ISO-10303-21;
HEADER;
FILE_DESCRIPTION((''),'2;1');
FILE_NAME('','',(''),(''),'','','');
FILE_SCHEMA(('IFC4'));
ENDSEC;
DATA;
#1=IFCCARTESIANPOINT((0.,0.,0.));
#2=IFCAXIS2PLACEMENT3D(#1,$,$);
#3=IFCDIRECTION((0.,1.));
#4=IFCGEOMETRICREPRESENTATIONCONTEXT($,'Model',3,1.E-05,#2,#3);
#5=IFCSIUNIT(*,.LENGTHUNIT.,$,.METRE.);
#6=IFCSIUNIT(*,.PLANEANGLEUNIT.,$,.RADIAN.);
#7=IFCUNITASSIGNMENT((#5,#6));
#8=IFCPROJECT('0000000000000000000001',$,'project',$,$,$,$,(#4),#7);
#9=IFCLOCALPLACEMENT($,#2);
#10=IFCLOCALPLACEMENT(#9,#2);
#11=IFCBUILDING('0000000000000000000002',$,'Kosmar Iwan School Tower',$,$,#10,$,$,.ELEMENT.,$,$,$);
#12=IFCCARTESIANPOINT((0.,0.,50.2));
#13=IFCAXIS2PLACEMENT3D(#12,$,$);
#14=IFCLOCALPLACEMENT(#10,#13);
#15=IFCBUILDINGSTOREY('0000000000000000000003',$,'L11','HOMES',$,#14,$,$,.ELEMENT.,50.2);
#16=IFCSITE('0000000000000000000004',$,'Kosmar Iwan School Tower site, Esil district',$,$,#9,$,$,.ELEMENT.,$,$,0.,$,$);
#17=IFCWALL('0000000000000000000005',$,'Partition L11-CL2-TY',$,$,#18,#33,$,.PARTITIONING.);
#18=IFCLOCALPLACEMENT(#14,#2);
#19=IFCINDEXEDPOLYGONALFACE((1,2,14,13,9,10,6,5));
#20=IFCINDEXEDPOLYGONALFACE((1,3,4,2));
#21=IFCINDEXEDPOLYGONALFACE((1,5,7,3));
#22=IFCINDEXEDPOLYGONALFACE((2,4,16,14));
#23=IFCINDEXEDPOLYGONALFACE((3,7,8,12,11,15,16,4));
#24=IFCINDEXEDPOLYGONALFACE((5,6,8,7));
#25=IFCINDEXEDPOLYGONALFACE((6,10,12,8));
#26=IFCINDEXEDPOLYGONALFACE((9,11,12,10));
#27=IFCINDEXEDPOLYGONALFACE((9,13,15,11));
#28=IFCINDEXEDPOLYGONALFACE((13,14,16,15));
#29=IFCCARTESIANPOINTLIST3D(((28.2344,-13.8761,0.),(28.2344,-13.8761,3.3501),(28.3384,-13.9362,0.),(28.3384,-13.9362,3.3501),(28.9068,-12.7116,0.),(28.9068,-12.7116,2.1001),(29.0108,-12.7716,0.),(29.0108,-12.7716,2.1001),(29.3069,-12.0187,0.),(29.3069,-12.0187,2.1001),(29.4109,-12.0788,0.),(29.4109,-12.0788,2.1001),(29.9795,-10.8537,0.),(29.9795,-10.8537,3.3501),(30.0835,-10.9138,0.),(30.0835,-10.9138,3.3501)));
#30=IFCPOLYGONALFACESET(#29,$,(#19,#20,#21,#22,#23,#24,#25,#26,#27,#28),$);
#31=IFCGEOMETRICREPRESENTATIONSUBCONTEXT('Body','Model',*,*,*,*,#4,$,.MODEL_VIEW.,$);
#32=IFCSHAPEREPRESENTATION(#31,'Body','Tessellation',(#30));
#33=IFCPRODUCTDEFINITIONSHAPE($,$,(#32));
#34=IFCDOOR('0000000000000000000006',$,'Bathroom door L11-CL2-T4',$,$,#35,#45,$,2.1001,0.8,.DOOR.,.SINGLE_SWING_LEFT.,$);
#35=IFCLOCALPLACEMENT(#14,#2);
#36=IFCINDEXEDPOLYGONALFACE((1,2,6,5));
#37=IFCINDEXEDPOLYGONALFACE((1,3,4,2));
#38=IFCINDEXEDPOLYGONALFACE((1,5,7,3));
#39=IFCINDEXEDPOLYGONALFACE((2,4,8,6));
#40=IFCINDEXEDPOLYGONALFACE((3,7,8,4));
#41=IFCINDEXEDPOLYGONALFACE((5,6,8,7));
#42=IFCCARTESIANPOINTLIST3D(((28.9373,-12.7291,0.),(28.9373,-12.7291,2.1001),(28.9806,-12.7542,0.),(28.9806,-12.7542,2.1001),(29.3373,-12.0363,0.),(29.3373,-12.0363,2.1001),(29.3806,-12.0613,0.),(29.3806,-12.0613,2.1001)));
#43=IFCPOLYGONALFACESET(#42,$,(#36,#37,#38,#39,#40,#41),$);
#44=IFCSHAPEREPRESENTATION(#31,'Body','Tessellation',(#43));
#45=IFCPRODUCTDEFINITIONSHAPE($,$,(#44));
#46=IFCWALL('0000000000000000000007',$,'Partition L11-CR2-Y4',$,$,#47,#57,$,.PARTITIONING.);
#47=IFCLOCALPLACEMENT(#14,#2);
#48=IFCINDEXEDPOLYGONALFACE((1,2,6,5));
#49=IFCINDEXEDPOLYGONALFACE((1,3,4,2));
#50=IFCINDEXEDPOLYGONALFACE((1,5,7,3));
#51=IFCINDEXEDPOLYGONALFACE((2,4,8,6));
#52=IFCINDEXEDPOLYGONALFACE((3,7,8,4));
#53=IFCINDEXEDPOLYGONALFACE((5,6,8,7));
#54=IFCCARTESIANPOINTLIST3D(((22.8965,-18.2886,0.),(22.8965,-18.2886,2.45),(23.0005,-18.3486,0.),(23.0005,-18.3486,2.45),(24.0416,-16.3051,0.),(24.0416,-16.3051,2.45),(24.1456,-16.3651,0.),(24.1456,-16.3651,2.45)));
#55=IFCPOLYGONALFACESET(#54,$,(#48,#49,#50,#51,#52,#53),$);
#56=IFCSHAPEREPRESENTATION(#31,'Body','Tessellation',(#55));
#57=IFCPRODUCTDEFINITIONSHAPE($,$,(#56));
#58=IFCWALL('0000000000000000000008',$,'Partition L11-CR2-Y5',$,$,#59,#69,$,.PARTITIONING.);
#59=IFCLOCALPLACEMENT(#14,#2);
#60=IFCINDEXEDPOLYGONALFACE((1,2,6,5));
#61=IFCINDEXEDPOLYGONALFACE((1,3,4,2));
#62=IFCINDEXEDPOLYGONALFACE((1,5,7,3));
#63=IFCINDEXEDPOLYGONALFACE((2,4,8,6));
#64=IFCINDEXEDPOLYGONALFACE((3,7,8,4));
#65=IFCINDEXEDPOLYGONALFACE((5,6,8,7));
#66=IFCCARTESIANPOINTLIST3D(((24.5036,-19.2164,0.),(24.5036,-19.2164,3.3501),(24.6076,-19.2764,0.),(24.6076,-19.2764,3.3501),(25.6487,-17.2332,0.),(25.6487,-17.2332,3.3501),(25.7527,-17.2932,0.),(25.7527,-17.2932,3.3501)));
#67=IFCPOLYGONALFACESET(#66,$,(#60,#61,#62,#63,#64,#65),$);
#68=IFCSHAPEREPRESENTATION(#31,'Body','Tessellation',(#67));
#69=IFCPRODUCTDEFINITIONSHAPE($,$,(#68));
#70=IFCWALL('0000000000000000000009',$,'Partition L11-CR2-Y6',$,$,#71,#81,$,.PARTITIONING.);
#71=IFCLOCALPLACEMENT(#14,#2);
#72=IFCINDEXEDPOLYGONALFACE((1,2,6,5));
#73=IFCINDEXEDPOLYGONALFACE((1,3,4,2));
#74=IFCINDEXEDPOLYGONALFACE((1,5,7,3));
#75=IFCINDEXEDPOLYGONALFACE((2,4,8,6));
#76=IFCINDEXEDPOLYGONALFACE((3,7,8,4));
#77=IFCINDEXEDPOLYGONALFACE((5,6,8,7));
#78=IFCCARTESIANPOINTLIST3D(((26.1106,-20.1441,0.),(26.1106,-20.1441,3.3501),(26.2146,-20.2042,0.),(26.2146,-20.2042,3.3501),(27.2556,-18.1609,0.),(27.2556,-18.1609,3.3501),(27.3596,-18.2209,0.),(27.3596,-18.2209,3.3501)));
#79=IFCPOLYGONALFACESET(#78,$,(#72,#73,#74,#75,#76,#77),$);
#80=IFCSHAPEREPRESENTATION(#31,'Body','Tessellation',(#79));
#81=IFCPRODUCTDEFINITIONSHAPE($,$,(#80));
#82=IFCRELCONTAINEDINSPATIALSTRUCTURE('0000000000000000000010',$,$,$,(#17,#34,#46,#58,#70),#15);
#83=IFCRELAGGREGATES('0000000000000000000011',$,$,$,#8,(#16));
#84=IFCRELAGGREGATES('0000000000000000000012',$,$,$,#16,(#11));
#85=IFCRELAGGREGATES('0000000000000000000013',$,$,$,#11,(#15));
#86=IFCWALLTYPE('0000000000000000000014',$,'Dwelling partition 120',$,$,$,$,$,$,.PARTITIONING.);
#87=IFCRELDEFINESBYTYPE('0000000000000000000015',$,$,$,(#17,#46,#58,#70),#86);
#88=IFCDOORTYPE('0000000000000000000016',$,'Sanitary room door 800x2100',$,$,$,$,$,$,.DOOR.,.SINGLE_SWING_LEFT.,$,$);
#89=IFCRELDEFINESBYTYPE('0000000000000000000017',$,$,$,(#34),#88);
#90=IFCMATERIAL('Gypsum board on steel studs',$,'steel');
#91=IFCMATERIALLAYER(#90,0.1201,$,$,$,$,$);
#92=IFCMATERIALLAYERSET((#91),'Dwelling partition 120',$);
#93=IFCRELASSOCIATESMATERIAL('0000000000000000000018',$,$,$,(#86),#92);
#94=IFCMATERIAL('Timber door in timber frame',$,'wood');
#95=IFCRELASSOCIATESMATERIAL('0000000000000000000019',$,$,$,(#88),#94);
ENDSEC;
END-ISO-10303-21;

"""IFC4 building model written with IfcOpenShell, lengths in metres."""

from ifc_helpers import new_model, si_unit, direction, frame, frame_2d, origin, place, context, subcontext, project, spatial, rectangle, extrude, material, layer, layer_set, type_object, element, fill, save


model = new_model("IFC4")

# Units and contexts
model_context = context("Model", 3, precision=1e-05, world=origin(), true_north=direction((0.0, 1.0)))
body_context = subcontext(model_context, "Body", "Model", "MODEL_VIEW")
ifc_project = project(units=[si_unit("LENGTHUNIT", "METRE"), si_unit("PLANEANGLEUNIT", "RADIAN")], contexts=[model_context])

# Site, building, storey
site_placement = place(None, origin())
site = spatial("IfcSite", under=ifc_project, at=site_placement, Name="Kosmar Iwan School Tower site, Esil district", CompositionType="ELEMENT", RefElevation=0.0)
building_placement = place(site_placement, origin())
building = spatial("IfcBuilding", under=site, at=building_placement, Name="Kosmar Iwan School Tower", CompositionType="ELEMENT")
storey_placement = place(building_placement, frame((0.0, 0.0, 50.2)))
storey = spatial("IfcBuildingStorey", under=building, at=storey_placement, Name="L11", Description="HOMES", CompositionType="ELEMENT", Elevation=50.2)

# Wall, opening, door
ifc_material_1 = material(Name="Gypsum board on steel studs", Category="steel")
ifc_layer_1 = layer(ifc_material_1, 0.1201)
ifc_layer_set_1 = layer_set([ifc_layer_1], Name="Dwelling partition 120")
wall_type_1 = type_object("IfcWallType", Name="Dwelling partition 120", PredefinedType="PARTITIONING", material=ifc_layer_set_1)
wall_1_placement = place(storey_placement, frame((28.2864, -13.9062, 0.0), z_axis=(0.0, 0.0, 1.0), x_axis=(0.500021, 0.866013, 0.0)))
wall_1 = element("IfcWall", 1, at=wall_1_placement, inside=storey, type_object=wall_type_1, Name="Partition L11-CL2-TY", PredefinedType="PARTITIONING", context=body_context, shape_type="SweptSolid", body=[
    extrude(rectangle(XDim=3.49, YDim=0.1201, at=frame_2d((1.7451, 0.0))), origin(), (0.0, 0.0, 1.0), 3.3501),
])
opening_1_placement = place(wall_1_placement, frame((1.345, 0.0, 0.0)))
opening_1 = element("IfcOpeningElement", 2, at=opening_1_placement, cuts=wall_1, PredefinedType="OPENING", context=body_context, shape_type="SweptSolid", body=[
    extrude(rectangle(XDim=0.8, YDim=2.1001, at=frame_2d((0.3999, 1.05))), frame((0.0, 0.072, 0.0), z_axis=(0.0, -1.0, 0.0), x_axis=(1.0, 0.0, 0.0)), (0.0, 0.0, 1.0), 0.144),
])
ifc_material_2 = material(Name="Timber door in timber frame", Category="wood")
door_type_1 = type_object("IfcDoorType", Name="Sanitary room door 800x2100", OperationType="SINGLE_SWING_LEFT", PredefinedType="DOOR", material=ifc_material_2)
door_1_placement = place(opening_1_placement, origin())
door_1 = element("IfcDoor", 3, at=door_1_placement, inside=storey, type_object=door_type_1, Name="Bathroom door L11-CL2-T4", OperationType="SINGLE_SWING_LEFT", OverallHeight=2.1001, OverallWidth=0.8, PredefinedType="DOOR", context=body_context, shape_type="SweptSolid", body=[
    extrude(rectangle(XDim=0.8, YDim=2.1001, at=frame_2d((0.3999, 1.05))), frame((0.0, 0.0249, 0.0), z_axis=(0.0, -1.0, 0.0), x_axis=(1.0, 0.0, 0.0)), (0.0, 0.0, 1.0), 0.05),
])
fill(opening_1, door_1)

# Walls
wall_2_placement = place(storey_placement, frame((24.0935, -16.3352, 0.0), z_axis=(0.0, 0.0, 1.0), x_axis=(-0.499969, -0.866044, 0.0)))
element("IfcWall", 4, at=wall_2_placement, inside=storey, type_object=wall_type_1, Name="Partition L11-CR2-Y4", PredefinedType="PARTITIONING", context=body_context, shape_type="SweptSolid", body=[
    extrude(rectangle(XDim=2.2903, YDim=0.1201, at=frame_2d((1.145, 0.0))), origin(), (0.0, 0.0, 1.0), 2.45),
])
for number, where, z_axis, x_axis, name in (
    (5, (25.7007, -17.2632, 0.0), (0.0, 0.0, 1.0), (-0.500015, -0.866017, 0.0), "Partition L11-CR2-Y5"),
    (6, (27.3076, -18.1909, 0.0), (0.0, 0.0, 1.0), (-0.500015, -0.866017, 0.0), "Partition L11-CR2-Y6"),
):
    element("IfcWall", number, at=place(storey_placement, frame(where, z_axis=z_axis, x_axis=x_axis)), inside=storey, type_object=wall_type_1, Name=name, PredefinedType="PARTITIONING", context=body_context, shape_type="SweptSolid", body=[
        extrude(rectangle(XDim=2.29, YDim=0.1201, at=frame_2d((1.145, 0.0))), origin(), (0.0, 0.0, 1.0), 3.3501),
    ])

save(model, "model.ifc")
